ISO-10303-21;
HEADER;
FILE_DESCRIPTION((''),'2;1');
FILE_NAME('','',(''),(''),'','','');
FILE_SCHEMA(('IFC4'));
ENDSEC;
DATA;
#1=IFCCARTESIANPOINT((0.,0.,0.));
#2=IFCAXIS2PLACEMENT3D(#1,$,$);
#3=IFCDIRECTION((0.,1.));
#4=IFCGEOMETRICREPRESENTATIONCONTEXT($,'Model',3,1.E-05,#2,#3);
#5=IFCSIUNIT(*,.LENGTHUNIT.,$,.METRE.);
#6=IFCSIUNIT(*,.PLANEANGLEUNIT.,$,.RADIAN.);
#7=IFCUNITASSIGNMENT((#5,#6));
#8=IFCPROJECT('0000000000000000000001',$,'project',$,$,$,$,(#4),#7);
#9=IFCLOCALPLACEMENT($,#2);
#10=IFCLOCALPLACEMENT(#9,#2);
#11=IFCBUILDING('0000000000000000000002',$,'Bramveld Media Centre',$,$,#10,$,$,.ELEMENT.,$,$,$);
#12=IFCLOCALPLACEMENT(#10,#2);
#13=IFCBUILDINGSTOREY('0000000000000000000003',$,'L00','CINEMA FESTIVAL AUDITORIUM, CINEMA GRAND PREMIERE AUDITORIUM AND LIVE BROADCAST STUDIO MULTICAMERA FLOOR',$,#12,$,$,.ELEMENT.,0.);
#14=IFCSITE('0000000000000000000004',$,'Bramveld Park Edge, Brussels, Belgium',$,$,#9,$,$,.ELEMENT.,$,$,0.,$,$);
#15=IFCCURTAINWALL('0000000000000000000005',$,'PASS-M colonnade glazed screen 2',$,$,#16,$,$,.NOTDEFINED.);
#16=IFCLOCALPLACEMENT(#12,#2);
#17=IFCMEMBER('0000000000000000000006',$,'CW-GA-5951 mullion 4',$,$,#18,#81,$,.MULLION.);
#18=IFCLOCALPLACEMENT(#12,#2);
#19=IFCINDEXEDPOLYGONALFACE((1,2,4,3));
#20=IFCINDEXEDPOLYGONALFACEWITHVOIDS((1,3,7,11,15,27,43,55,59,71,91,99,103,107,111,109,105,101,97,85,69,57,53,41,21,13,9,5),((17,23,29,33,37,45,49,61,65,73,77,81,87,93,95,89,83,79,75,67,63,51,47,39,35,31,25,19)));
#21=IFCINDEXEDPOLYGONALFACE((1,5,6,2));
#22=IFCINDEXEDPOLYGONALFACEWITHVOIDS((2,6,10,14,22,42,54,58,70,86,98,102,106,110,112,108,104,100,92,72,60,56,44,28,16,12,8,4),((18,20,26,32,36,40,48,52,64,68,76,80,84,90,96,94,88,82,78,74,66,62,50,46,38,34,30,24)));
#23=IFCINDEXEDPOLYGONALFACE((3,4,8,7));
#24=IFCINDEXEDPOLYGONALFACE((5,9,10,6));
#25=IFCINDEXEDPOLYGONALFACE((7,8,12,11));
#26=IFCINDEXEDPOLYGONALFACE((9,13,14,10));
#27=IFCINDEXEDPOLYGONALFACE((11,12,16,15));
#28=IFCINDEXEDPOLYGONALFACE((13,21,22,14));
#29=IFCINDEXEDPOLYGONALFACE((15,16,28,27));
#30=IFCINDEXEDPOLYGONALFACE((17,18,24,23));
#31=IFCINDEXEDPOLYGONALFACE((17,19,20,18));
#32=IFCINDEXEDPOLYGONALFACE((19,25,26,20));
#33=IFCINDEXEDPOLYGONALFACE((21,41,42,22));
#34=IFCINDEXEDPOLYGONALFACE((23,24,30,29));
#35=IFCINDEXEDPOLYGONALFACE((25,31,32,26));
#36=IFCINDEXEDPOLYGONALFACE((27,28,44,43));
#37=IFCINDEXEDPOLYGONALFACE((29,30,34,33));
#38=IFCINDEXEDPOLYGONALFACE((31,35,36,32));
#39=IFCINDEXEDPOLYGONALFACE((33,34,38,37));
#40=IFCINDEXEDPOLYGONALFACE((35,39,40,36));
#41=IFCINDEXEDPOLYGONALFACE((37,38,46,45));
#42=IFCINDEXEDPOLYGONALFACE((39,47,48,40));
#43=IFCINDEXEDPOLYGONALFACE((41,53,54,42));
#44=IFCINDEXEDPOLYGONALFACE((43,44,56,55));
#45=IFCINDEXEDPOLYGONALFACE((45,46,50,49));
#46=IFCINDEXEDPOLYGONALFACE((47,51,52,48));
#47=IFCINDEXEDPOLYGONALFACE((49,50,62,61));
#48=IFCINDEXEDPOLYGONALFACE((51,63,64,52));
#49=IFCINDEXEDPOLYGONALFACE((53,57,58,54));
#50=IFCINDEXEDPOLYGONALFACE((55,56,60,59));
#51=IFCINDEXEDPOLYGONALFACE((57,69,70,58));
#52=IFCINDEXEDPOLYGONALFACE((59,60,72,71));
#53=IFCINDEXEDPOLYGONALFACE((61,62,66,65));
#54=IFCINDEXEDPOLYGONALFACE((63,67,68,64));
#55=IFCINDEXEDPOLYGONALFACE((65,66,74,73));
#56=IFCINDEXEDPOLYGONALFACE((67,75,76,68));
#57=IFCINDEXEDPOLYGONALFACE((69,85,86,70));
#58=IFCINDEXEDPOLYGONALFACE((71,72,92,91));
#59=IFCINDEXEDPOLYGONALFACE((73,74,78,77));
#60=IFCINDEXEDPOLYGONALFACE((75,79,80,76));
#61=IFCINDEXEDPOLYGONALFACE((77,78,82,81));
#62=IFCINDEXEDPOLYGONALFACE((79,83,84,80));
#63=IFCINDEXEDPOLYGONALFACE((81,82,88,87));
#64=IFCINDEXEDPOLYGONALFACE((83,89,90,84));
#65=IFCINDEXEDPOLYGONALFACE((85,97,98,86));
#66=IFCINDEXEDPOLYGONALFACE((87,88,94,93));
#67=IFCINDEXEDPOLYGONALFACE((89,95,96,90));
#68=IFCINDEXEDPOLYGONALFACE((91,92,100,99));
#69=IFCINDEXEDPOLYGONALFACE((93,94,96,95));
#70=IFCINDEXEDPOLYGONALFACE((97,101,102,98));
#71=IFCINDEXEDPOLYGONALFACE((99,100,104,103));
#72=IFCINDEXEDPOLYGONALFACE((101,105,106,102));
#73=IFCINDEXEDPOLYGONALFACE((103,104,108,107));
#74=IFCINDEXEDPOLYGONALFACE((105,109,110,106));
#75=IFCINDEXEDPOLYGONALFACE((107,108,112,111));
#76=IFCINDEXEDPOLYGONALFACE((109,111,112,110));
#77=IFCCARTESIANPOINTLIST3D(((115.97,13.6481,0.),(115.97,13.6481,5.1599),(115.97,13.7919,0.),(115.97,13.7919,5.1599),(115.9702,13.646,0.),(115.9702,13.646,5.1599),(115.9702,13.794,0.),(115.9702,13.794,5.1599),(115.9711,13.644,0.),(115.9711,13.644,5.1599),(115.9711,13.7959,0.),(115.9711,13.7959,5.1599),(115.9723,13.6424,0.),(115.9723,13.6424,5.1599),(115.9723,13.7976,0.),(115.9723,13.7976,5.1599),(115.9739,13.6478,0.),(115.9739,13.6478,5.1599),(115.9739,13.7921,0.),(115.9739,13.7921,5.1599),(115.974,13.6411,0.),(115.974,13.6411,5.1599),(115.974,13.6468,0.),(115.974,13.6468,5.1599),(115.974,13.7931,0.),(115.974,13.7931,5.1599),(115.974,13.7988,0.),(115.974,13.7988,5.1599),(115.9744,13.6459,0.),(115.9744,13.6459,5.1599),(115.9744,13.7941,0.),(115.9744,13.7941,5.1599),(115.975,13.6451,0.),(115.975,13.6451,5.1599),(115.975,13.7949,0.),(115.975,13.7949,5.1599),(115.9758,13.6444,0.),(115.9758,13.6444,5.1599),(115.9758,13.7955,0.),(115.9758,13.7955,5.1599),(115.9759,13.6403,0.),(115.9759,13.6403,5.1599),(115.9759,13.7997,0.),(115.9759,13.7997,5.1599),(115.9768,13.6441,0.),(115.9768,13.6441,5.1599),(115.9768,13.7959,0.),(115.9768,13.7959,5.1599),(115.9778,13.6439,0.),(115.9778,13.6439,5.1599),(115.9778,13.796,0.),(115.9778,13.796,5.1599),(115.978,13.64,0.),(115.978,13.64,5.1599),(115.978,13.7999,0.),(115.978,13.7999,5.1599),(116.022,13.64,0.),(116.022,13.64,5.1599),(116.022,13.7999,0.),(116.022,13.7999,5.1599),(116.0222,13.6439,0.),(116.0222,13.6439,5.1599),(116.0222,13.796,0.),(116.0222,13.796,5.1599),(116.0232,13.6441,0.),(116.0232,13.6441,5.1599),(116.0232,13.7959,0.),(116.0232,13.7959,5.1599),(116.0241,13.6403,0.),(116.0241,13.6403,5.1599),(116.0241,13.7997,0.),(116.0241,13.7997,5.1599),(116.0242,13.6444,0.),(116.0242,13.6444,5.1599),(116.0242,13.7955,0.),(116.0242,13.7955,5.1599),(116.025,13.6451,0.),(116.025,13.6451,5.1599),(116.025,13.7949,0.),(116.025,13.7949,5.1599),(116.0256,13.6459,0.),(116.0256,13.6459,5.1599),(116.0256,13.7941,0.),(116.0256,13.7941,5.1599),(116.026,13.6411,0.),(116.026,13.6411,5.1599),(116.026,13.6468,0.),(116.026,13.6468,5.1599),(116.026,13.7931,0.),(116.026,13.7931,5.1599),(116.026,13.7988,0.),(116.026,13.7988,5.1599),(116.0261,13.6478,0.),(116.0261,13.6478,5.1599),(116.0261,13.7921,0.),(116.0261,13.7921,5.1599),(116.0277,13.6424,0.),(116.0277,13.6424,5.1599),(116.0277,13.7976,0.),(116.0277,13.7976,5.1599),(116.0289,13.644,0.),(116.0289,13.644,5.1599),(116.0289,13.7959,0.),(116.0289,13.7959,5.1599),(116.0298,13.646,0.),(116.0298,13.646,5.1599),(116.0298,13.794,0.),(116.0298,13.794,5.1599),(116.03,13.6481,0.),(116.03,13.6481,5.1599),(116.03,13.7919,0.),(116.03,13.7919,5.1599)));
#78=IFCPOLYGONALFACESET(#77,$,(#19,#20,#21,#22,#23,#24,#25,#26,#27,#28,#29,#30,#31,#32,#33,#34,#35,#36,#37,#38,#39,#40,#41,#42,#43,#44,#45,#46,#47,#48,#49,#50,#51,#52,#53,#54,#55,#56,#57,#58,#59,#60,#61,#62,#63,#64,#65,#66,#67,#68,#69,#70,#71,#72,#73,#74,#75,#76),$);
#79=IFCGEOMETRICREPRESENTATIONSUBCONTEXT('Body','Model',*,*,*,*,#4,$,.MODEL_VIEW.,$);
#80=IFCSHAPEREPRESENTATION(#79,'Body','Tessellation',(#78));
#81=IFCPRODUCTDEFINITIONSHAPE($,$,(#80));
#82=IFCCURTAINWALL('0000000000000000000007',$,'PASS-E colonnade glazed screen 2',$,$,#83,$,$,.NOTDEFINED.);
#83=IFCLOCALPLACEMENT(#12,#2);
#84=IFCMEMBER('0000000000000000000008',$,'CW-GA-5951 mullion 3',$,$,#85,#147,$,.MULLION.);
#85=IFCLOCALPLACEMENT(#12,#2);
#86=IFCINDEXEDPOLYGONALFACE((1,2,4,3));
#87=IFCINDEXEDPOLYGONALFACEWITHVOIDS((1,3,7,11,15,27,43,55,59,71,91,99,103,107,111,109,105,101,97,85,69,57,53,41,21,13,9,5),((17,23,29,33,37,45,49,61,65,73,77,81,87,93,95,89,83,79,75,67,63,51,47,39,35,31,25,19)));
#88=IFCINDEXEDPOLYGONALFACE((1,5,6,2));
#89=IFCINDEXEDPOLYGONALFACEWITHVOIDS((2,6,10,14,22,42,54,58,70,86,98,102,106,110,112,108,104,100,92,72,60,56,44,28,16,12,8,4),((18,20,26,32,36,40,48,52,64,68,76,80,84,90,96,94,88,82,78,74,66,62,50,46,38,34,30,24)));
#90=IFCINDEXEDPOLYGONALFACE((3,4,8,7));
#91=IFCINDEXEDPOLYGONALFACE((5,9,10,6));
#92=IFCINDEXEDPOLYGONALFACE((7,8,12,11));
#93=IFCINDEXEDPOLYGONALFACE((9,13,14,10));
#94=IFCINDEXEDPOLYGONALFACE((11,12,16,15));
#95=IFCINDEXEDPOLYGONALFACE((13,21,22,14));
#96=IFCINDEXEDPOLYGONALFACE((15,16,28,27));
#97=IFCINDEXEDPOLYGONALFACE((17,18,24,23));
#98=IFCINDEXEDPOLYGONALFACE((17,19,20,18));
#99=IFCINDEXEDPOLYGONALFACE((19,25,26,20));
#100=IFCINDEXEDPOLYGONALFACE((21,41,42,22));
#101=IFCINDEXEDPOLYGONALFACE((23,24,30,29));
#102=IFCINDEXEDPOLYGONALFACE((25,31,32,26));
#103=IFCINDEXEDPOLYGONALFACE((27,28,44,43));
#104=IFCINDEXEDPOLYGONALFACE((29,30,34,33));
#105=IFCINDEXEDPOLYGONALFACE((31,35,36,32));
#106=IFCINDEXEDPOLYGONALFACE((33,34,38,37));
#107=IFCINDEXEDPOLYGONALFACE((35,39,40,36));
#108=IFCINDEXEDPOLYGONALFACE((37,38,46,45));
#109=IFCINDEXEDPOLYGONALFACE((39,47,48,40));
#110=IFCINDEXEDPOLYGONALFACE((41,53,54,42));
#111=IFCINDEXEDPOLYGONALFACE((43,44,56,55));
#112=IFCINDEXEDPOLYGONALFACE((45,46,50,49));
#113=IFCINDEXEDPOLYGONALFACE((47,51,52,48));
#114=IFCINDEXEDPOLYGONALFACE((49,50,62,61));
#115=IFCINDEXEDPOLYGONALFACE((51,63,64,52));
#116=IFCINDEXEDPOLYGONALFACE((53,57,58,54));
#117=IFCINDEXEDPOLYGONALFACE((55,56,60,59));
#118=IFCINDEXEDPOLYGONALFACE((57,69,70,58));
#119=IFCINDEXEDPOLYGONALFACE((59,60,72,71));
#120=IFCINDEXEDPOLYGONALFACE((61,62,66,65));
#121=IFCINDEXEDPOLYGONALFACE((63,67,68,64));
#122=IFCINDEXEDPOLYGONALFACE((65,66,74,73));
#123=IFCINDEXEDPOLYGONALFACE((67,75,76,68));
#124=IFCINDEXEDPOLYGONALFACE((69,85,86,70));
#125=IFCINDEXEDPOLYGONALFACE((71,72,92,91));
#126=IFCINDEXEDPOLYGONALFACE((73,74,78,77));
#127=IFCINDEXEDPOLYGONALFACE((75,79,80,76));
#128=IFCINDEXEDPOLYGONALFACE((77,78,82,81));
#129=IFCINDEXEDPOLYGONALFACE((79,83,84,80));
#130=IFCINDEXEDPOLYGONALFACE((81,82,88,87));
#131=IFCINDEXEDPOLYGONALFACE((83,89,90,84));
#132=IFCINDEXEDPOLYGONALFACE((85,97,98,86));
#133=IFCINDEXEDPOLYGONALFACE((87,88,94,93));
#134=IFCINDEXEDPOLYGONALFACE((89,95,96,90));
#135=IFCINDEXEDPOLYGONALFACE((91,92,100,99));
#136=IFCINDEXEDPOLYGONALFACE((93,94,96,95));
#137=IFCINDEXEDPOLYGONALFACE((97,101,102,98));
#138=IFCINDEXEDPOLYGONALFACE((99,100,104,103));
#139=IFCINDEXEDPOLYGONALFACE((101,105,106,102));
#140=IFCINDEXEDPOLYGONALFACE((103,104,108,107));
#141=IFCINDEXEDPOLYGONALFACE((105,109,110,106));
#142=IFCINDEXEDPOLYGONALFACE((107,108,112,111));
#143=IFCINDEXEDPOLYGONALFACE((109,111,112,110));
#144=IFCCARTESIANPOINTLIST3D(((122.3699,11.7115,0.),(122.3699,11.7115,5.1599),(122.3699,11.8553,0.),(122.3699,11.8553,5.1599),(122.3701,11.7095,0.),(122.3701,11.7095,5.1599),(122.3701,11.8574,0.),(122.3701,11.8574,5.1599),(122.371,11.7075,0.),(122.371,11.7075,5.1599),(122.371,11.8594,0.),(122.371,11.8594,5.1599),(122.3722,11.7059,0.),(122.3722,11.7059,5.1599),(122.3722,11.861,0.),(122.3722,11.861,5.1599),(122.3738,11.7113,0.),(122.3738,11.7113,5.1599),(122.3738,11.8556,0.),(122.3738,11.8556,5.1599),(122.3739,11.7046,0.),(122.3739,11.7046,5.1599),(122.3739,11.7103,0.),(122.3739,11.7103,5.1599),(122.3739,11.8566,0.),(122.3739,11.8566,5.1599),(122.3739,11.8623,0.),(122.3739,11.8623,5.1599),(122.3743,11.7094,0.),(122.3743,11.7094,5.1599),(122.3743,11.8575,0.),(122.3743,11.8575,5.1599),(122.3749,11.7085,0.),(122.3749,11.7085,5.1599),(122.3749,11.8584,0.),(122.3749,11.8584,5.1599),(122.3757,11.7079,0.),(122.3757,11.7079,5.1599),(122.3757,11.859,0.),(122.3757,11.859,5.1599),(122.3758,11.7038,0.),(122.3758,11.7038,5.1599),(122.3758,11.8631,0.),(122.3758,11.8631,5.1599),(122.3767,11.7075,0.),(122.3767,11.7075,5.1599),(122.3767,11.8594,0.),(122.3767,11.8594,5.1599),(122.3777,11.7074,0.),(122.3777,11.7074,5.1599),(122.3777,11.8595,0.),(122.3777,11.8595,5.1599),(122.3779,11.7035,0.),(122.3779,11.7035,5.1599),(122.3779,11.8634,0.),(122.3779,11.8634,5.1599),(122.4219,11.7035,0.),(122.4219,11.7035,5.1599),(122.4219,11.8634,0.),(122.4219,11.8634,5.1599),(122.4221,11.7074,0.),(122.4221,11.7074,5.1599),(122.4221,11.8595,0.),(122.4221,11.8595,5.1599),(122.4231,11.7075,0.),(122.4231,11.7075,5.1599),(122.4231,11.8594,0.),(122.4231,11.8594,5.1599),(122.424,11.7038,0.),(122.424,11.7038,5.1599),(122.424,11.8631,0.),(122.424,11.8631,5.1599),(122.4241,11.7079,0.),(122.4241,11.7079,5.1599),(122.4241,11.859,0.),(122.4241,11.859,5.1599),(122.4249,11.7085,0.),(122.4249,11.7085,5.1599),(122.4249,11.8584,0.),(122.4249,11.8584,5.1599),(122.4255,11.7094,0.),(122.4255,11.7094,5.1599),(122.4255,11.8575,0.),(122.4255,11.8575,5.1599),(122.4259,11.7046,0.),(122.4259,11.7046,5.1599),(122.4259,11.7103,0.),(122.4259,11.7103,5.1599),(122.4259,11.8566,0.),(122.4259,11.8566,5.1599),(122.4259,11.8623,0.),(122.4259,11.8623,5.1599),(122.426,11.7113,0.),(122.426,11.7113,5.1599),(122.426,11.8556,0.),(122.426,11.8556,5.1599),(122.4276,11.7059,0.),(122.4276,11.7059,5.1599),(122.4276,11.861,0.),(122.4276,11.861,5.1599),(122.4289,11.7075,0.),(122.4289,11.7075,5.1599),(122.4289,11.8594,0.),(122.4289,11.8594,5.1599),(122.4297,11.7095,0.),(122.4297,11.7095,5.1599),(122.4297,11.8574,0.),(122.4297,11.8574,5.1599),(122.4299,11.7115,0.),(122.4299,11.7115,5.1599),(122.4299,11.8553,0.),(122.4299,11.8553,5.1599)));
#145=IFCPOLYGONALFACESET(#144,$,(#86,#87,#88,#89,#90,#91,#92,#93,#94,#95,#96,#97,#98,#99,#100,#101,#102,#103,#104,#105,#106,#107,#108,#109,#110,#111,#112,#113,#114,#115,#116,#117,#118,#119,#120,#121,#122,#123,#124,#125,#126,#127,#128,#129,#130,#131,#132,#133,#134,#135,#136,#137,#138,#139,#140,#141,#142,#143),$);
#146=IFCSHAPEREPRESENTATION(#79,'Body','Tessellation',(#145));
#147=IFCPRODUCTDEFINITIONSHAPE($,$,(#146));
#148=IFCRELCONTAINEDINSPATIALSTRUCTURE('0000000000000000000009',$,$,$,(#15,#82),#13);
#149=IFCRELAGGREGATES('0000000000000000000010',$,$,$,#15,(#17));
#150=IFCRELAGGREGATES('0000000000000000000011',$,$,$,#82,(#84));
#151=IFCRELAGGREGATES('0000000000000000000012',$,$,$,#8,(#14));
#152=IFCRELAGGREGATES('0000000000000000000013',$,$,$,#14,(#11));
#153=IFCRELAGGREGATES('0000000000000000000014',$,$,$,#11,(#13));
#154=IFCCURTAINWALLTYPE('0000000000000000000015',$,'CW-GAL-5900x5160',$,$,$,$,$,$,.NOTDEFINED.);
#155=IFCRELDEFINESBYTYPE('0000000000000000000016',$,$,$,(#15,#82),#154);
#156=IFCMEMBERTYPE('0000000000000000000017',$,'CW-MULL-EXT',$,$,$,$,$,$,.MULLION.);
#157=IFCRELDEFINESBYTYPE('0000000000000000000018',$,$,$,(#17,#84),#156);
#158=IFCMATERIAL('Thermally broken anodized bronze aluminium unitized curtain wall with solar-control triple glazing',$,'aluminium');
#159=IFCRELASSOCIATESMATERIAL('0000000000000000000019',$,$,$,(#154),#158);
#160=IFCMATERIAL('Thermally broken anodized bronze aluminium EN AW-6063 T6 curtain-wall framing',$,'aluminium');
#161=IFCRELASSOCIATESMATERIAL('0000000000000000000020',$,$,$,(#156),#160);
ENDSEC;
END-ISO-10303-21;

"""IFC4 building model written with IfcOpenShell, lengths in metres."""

from ifc_helpers import new_model, si_unit, direction, frame, origin, origin_2d, place, context, subcontext, project, spatial, hollow_rectangle, extrude, material, material_profile, profile_set, type_object, element, aggregate, save


model = new_model("IFC4")

# Units and contexts
model_context = context("Model", 3, precision=1e-05, world=origin(), true_north=direction((0.0, 1.0)))
body_context = subcontext(model_context, "Body", "Model", "MODEL_VIEW")
ifc_project = project(units=[si_unit("LENGTHUNIT", "METRE"), si_unit("PLANEANGLEUNIT", "RADIAN")], contexts=[model_context])

# Site, building, storey
site_placement = place(None, origin())
site = spatial("IfcSite", under=ifc_project, at=site_placement, Name="Bramveld Park Edge, Brussels, Belgium", CompositionType="ELEMENT", RefElevation=0.0)
building_placement = place(site_placement, origin())
building = spatial("IfcBuilding", under=site, at=building_placement, Name="Bramveld Media Centre", CompositionType="ELEMENT")
storey_placement = place(building_placement, origin())
storey = spatial("IfcBuildingStorey", under=building, at=storey_placement, Name="L00", Description="CINEMA FESTIVAL AUDITORIUM, CINEMA GRAND PREMIERE AUDITORIUM AND LIVE BROADCAST STUDIO MULTICAMERA FLOOR", CompositionType="ELEMENT", Elevation=0.0)

# Curtain walls, members
ifc_material_1 = material(Name="Thermally broken anodized bronze aluminium unitized curtain wall with solar-control triple glazing", Category="aluminium")
curtain_wall_type = type_object("IfcCurtainWallType", Name="CW-GAL-5900x5160", PredefinedType="NOTDEFINED", material=ifc_material_1)
curtain_wall_1_placement = place(storey_placement, origin())
curtain_wall_1 = element("IfcCurtainWall", 1, at=curtain_wall_1_placement, inside=storey, type_object=curtain_wall_type, Name="PASS-M colonnade glazed screen 2", PredefinedType="NOTDEFINED")
ifc_material_2 = material(Name="Thermally broken anodized bronze aluminium EN AW-6063 T6 curtain-wall framing", Category="aluminium")
ifc_material_profile_1 = material_profile(ifc_material_2, hollow_rectangle(XDim=0.0601, YDim=0.1599, WallThickness=0.0039, InnerFilletRadius=0.0039, OuterFilletRadius=0.0081, at=origin_2d()), Name="AL-MULL 60x160")
ifc_profile_set_1 = profile_set([ifc_material_profile_1], Name="Thermally broken anodized bronze aluminium EN AW-6063 T6 curtain-wall framing")
member_type_1 = type_object("IfcMemberType", Name="CW-MULL-EXT", PredefinedType="MULLION", material=ifc_profile_set_1)
member_1_placement = place(storey_placement, frame((116.0, 13.72, 0.0), z_axis=(0.0, 0.0, 1.0), x_axis=(-1.0, 0.0, 0.0)))
member_1 = element("IfcMember", 2, at=member_1_placement, type_object=member_type_1, Name="CW-GA-5951 mullion 4", PredefinedType="MULLION", context=body_context, shape_type="SweptSolid", body=[
    extrude(hollow_rectangle(XDim=0.0601, YDim=0.1599, WallThickness=0.0039, InnerFilletRadius=0.0039, OuterFilletRadius=0.0081, at=origin_2d()), origin(), (0.0, 0.0, 1.0), 5.1599),
])
curtain_wall_2_placement = place(storey_placement, origin())
curtain_wall_2 = element("IfcCurtainWall", 3, at=curtain_wall_2_placement, inside=storey, type_object=curtain_wall_type, Name="PASS-E colonnade glazed screen 2", PredefinedType="NOTDEFINED")
member_2_placement = place(storey_placement, frame((122.3999, 11.7834, 0.0), z_axis=(0.0, 0.0, 1.0), x_axis=(-1.0, 0.0, 0.0)))
member_2 = element("IfcMember", 4, at=member_2_placement, type_object=member_type_1, Name="CW-GA-5951 mullion 3", PredefinedType="MULLION", context=body_context, shape_type="SweptSolid", body=[
    extrude(hollow_rectangle(XDim=0.0601, YDim=0.1599, WallThickness=0.0039, InnerFilletRadius=0.0039, OuterFilletRadius=0.0081, at=origin_2d()), origin(), (0.0, 0.0, 1.0), 5.1599),
])

aggregate(curtain_wall_1, [member_1])
aggregate(curtain_wall_2, [member_2])

save(model, "model.ifc")
